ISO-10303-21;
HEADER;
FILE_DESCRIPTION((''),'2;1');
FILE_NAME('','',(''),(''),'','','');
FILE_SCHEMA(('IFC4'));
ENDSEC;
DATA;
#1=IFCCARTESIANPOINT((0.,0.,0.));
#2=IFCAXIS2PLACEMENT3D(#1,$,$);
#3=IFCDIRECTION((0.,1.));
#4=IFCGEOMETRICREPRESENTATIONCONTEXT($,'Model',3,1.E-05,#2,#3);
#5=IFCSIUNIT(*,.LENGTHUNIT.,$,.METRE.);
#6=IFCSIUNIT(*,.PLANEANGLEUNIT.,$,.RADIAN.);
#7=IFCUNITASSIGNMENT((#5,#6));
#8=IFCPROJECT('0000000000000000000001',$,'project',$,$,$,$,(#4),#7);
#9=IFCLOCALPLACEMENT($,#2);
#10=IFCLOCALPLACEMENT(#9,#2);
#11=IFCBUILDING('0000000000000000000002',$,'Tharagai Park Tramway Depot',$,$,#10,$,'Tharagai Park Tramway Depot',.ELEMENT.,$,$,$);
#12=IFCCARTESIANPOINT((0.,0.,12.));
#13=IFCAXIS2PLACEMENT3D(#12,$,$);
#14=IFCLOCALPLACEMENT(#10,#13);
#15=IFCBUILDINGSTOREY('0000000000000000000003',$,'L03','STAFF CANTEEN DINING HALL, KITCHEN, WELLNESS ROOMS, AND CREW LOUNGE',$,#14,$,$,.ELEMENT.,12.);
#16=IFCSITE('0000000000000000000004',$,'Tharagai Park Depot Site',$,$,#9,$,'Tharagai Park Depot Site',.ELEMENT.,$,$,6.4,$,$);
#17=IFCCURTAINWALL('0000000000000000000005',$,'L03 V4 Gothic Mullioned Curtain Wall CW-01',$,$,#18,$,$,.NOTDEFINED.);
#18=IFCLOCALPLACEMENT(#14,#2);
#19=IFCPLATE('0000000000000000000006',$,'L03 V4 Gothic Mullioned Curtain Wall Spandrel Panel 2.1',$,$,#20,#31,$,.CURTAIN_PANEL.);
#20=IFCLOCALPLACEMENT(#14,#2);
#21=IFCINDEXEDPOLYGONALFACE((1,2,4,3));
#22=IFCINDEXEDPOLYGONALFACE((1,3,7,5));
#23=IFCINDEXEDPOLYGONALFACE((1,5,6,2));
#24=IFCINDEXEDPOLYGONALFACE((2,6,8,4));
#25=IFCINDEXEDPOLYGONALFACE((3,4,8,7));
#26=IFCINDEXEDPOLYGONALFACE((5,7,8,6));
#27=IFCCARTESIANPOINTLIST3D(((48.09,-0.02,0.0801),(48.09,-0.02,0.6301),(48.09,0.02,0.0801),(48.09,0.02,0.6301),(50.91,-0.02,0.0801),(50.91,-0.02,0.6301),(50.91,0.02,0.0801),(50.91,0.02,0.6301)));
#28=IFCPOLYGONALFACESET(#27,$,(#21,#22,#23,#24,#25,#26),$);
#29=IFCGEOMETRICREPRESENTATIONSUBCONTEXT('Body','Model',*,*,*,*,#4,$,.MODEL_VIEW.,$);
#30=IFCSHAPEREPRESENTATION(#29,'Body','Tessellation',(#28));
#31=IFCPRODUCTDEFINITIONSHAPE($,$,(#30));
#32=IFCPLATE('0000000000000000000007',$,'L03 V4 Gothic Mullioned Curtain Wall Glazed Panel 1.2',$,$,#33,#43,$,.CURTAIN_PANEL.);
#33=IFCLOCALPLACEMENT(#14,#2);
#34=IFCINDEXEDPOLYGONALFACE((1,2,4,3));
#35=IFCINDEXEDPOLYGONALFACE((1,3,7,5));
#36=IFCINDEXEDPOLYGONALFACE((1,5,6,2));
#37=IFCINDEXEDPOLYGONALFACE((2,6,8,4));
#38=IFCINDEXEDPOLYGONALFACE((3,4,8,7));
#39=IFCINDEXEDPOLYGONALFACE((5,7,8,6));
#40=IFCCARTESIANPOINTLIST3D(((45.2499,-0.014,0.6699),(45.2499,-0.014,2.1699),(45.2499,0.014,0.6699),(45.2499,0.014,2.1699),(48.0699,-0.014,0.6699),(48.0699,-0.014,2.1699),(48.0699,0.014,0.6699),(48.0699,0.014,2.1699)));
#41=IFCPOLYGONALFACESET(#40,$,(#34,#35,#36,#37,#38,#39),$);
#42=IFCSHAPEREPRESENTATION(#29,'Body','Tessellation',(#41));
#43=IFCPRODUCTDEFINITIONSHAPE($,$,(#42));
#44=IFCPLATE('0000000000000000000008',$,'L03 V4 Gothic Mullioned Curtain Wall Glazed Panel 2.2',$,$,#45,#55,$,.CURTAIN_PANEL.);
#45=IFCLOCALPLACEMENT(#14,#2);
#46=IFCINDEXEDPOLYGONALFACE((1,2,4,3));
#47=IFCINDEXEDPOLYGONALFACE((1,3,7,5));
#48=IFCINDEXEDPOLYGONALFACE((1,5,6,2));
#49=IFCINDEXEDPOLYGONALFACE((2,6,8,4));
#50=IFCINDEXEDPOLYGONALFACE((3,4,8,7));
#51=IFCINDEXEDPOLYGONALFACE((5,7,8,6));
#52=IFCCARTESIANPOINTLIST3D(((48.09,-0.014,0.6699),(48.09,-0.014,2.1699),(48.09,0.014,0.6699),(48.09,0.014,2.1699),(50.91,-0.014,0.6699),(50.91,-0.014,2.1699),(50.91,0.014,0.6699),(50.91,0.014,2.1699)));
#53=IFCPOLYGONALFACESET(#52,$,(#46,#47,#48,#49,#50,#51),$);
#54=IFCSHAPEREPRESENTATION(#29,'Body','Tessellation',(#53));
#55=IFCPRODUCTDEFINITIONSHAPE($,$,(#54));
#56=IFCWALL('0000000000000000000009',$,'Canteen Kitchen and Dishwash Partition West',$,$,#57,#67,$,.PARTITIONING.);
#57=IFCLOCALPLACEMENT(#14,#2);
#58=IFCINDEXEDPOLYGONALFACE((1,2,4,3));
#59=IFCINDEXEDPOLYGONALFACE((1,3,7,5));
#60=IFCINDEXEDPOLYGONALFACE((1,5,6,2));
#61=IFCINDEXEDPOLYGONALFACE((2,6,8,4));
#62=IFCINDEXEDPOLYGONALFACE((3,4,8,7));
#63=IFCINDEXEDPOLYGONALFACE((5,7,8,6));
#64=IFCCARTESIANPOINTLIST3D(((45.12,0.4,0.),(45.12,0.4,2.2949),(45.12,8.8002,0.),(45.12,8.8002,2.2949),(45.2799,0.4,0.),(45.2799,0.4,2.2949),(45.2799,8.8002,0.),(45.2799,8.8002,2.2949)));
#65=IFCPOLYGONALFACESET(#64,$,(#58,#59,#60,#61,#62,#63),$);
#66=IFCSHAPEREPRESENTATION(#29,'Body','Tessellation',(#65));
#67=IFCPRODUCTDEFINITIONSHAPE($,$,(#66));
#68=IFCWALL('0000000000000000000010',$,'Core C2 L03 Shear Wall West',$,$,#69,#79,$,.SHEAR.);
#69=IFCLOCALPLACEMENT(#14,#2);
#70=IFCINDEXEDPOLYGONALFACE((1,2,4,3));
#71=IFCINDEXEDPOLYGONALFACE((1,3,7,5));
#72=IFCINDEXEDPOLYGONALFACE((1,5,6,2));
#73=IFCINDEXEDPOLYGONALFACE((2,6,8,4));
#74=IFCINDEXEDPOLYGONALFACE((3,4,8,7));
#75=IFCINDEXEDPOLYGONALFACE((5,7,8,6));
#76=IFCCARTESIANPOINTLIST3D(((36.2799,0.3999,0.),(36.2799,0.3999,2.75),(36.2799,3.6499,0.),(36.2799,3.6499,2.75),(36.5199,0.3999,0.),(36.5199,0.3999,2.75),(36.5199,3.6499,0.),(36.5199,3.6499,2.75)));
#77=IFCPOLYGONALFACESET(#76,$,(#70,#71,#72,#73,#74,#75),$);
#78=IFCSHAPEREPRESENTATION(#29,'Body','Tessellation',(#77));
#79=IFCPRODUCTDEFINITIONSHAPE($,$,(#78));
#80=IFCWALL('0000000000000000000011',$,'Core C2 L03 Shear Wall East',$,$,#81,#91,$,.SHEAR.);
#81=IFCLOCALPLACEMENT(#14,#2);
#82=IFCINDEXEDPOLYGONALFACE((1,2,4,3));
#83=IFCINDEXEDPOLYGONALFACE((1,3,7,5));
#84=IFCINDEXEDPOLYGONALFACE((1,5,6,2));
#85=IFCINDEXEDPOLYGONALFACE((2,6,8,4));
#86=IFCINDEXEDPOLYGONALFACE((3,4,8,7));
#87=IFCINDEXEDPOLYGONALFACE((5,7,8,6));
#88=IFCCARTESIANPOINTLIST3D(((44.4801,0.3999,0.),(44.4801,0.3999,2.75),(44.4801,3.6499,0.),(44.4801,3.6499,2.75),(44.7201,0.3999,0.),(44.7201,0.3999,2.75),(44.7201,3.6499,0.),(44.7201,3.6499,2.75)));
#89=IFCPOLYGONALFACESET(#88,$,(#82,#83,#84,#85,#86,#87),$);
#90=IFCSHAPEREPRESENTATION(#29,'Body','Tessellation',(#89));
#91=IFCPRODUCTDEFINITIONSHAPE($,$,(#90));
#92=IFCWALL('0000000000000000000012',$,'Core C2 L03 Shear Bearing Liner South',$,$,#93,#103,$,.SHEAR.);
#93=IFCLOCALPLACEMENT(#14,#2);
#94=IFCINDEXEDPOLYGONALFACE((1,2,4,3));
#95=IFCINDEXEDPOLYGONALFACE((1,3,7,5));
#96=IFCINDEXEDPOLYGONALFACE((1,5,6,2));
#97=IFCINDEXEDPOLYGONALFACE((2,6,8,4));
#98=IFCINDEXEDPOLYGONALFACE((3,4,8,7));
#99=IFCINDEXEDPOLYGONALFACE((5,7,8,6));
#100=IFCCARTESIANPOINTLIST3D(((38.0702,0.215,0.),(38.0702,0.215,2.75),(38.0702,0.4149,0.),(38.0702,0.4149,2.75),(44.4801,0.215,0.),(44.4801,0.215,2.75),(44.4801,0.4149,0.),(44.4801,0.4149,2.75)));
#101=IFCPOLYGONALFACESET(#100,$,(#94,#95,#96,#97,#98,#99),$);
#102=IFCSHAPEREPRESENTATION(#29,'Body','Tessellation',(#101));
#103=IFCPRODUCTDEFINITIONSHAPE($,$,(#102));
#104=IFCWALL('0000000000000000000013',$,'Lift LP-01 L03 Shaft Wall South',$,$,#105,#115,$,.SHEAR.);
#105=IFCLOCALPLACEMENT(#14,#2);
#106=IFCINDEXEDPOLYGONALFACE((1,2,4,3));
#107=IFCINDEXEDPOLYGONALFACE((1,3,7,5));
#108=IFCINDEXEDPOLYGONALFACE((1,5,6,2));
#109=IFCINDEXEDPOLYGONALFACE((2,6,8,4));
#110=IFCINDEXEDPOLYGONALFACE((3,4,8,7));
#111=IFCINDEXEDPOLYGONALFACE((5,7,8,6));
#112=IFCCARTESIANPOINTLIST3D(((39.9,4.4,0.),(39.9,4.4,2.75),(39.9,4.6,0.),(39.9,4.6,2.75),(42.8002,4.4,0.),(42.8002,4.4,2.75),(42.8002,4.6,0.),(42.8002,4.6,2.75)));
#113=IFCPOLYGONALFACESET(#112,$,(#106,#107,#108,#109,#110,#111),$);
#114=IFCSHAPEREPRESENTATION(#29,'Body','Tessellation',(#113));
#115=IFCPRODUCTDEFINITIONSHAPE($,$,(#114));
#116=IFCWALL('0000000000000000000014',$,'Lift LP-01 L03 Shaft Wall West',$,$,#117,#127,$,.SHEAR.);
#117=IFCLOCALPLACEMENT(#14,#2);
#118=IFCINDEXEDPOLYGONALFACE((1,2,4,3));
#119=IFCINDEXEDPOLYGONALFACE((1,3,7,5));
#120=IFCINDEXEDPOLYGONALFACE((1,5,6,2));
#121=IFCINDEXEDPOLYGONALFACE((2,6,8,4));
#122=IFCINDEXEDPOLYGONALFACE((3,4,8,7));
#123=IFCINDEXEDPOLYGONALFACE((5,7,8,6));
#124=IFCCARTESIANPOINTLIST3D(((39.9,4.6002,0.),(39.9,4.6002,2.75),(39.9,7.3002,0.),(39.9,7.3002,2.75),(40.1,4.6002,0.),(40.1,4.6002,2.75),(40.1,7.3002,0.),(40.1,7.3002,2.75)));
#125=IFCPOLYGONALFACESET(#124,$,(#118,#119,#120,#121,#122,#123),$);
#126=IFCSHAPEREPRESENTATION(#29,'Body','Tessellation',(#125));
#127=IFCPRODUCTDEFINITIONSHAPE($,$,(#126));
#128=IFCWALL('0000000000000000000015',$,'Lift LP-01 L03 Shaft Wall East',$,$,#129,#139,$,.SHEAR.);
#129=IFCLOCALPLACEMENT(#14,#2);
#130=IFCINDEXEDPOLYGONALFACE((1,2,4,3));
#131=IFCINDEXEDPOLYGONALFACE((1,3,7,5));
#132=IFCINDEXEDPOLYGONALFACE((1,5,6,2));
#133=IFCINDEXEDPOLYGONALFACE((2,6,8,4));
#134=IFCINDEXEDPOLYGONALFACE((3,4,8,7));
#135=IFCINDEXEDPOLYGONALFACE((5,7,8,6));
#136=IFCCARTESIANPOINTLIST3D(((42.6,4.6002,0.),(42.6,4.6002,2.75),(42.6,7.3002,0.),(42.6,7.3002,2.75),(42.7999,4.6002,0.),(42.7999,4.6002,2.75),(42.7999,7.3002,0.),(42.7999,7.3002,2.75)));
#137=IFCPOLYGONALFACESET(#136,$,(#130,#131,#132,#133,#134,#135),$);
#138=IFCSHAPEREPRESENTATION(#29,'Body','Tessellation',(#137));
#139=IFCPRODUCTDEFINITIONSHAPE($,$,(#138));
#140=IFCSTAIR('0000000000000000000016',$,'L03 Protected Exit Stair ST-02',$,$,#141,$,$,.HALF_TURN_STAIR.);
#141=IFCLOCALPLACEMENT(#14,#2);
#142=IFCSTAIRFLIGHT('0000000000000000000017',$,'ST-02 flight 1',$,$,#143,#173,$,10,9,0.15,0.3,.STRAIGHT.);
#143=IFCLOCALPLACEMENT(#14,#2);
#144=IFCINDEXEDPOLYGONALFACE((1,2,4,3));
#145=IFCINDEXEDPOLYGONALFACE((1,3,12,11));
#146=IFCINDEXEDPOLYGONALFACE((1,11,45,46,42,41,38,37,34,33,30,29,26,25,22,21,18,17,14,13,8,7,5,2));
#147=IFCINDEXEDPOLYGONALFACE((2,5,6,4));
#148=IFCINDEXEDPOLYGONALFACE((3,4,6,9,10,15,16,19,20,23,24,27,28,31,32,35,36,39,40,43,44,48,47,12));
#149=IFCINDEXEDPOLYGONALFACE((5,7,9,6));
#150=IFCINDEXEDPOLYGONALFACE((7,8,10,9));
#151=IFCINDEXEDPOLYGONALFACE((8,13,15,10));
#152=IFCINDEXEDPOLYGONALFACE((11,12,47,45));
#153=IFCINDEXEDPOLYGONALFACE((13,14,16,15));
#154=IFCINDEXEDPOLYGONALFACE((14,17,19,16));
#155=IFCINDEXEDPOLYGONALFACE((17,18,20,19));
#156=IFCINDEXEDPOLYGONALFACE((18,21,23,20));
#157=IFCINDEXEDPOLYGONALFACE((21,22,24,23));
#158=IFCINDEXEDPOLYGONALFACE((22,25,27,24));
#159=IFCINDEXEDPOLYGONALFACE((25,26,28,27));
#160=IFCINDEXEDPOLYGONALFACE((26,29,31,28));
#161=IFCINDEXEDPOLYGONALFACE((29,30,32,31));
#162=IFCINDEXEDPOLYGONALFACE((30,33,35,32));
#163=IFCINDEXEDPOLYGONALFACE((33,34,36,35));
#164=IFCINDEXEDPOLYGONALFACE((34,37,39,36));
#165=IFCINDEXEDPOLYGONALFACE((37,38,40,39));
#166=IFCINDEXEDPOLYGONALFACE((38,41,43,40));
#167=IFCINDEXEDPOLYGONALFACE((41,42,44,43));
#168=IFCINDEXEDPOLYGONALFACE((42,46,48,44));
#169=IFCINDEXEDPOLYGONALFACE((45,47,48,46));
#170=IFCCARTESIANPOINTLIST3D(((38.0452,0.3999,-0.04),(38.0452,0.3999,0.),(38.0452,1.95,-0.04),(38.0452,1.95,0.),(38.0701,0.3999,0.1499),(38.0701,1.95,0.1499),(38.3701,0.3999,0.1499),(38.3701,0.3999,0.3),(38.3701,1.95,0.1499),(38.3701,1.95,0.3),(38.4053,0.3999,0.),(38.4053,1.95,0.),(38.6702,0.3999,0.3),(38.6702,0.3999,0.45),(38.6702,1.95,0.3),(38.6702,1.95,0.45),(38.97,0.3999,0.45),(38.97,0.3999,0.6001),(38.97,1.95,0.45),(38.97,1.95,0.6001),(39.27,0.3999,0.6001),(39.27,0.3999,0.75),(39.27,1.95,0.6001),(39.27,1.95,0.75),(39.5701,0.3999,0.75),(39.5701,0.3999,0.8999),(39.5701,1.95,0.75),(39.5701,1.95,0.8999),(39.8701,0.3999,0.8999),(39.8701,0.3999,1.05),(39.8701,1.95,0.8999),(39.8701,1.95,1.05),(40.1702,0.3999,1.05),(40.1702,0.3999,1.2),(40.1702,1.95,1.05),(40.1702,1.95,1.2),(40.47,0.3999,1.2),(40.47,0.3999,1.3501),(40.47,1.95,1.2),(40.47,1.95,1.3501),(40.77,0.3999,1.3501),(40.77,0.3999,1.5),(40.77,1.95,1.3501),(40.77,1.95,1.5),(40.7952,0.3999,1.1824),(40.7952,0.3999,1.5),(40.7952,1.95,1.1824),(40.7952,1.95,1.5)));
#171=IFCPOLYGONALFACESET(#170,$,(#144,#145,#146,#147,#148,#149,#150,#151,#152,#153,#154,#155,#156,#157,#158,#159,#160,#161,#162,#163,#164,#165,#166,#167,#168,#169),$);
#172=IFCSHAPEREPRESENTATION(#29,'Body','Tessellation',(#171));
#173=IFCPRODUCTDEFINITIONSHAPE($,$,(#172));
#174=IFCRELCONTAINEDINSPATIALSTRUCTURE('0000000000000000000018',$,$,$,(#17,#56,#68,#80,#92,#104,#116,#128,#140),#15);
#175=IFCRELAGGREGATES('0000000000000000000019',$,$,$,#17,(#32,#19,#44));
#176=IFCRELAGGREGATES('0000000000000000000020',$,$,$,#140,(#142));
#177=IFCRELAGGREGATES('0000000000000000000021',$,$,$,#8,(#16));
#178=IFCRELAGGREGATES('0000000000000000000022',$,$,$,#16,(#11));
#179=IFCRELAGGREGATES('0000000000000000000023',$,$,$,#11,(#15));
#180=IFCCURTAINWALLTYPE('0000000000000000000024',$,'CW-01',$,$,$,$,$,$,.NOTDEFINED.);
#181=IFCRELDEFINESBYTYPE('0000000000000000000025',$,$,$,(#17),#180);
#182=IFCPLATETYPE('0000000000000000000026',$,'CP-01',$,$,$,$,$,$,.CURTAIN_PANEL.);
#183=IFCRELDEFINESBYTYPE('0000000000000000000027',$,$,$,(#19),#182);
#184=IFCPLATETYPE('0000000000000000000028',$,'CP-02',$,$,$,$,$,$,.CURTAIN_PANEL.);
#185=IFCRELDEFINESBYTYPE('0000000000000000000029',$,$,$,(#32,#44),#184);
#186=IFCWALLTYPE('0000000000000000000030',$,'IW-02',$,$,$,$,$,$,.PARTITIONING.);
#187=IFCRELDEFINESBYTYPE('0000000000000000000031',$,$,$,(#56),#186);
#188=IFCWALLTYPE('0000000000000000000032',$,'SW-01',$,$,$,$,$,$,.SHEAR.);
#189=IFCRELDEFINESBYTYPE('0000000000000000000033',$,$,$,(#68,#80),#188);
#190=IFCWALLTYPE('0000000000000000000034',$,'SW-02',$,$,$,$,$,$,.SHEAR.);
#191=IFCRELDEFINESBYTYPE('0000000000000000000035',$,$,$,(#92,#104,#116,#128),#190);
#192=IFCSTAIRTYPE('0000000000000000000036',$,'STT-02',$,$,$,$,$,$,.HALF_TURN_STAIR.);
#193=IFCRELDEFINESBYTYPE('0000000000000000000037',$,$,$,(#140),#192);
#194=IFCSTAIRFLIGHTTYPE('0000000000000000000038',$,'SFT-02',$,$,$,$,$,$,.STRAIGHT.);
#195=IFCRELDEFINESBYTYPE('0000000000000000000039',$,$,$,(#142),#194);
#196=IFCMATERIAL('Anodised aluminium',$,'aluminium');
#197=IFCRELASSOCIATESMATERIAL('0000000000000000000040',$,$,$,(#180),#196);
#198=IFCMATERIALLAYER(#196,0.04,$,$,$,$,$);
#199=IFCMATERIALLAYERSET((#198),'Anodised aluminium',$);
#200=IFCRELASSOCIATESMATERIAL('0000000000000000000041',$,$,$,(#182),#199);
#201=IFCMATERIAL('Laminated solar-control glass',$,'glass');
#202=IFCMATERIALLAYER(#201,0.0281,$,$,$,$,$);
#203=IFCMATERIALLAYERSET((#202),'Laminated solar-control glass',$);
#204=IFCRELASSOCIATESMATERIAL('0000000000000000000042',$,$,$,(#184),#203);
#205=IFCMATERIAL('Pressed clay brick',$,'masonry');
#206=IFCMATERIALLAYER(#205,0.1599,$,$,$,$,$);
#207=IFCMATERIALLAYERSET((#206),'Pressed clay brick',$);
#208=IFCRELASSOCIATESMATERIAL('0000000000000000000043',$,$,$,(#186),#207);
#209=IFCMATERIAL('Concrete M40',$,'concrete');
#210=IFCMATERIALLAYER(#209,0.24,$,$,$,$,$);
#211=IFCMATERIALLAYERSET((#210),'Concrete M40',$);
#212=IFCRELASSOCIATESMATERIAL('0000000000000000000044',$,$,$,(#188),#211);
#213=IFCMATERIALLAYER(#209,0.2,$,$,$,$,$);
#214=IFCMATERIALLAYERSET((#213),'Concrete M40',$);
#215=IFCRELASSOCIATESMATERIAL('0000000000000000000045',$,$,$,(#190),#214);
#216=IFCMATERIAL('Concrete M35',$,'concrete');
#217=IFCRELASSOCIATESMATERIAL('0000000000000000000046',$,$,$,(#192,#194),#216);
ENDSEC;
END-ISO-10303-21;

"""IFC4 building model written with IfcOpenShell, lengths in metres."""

from ifc_helpers import new_model, si_unit, direction, frame, frame_2d, origin, origin_2d, place, context, subcontext, project, spatial, polyline, rectangle, outline, extrude, material, layer, layer_set, type_object, element, aggregate, save


model = new_model("IFC4")

# Units and contexts
model_context = context("Model", 3, precision=1e-05, world=origin(), true_north=direction((0.0, 1.0)))
body_context = subcontext(model_context, "Body", "Model", "MODEL_VIEW")
ifc_project = project(units=[si_unit("LENGTHUNIT", "METRE"), si_unit("PLANEANGLEUNIT", "RADIAN")], contexts=[model_context])

# Site, building, storey
site_placement = place(None, origin())
site = spatial("IfcSite", under=ifc_project, at=site_placement, Name="Tharagai Park Depot Site", LongName="Tharagai Park Depot Site", CompositionType="ELEMENT", RefElevation=6.4)
building_placement = place(site_placement, origin())
building = spatial("IfcBuilding", under=site, at=building_placement, Name="Tharagai Park Tramway Depot", LongName="Tharagai Park Tramway Depot", CompositionType="ELEMENT")
storey_placement = place(building_placement, frame((0.0, 0.0, 12.0)))
storey = spatial("IfcBuildingStorey", under=building, at=storey_placement, Name="L03", Description="STAFF CANTEEN DINING HALL, KITCHEN, WELLNESS ROOMS, AND CREW LOUNGE", CompositionType="ELEMENT", Elevation=12.0)

# Shared definitions
ifc_material_1 = material(Name="Concrete M40", Category="concrete")

# Shared definitions
ifc_material_2 = material(Name="Concrete M35", Category="concrete")

# Curtain wall
ifc_material_3 = material(Name="Anodised aluminium", Category="aluminium")
curtain_wall_type = type_object("IfcCurtainWallType", Name="CW-01", PredefinedType="NOTDEFINED", material=ifc_material_3)
curtain_wall_placement = place(storey_placement, origin())
curtain_wall = element("IfcCurtainWall", 1, at=curtain_wall_placement, inside=storey, type_object=curtain_wall_type, Name="L03 V4 Gothic Mullioned Curtain Wall CW-01", PredefinedType="NOTDEFINED")

# Plates
ifc_layer_1 = layer(ifc_material_3, 0.04)
ifc_layer_set_1 = layer_set([ifc_layer_1], Name="Anodised aluminium")
plate_type_1 = type_object("IfcPlateType", Name="CP-01", PredefinedType="CURTAIN_PANEL", material=ifc_layer_set_1)
plate_1_placement = place(storey_placement, frame((49.5, 0.0, 0.0801), z_axis=(0.0, 0.0, 1.0), x_axis=(1.0, 0.0, 0.0)))
plate_1 = element("IfcPlate", 2, at=plate_1_placement, type_object=plate_type_1, Name="L03 V4 Gothic Mullioned Curtain Wall Spandrel Panel 2.1", PredefinedType="CURTAIN_PANEL", context=body_context, shape_type="SweptSolid", body=[
    extrude(rectangle(XDim=2.8201, YDim=0.04, at=origin_2d()), origin(), (0.0, 0.0, 1.0), 0.55),
])
ifc_material_4 = material(Name="Laminated solar-control glass", Category="glass")
ifc_layer_2 = layer(ifc_material_4, 0.0281)
ifc_layer_set_2 = layer_set([ifc_layer_2], Name="Laminated solar-control glass")
plate_type_2 = type_object("IfcPlateType", Name="CP-02", PredefinedType="CURTAIN_PANEL", material=ifc_layer_set_2)
plate_2_placement = place(storey_placement, frame((46.6599, 0.0, 0.6699), z_axis=(0.0, 0.0, 1.0), x_axis=(1.0, 0.0, 0.0)))
plate_2 = element("IfcPlate", 3, at=plate_2_placement, type_object=plate_type_2, Name="L03 V4 Gothic Mullioned Curtain Wall Glazed Panel 1.2", PredefinedType="CURTAIN_PANEL", context=body_context, shape_type="SweptSolid", body=[
    extrude(rectangle(XDim=2.8201, YDim=0.0281, at=origin_2d()), origin(), (0.0, 0.0, 1.0), 1.5),
])
plate_3_placement = place(storey_placement, frame((49.5, 0.0, 0.6699), z_axis=(0.0, 0.0, 1.0), x_axis=(1.0, 0.0, 0.0)))
plate_3 = element("IfcPlate", 4, at=plate_3_placement, type_object=plate_type_2, Name="L03 V4 Gothic Mullioned Curtain Wall Glazed Panel 2.2", PredefinedType="CURTAIN_PANEL", context=body_context, shape_type="SweptSolid", body=[
    extrude(rectangle(XDim=2.8201, YDim=0.0281, at=origin_2d()), origin(), (0.0, 0.0, 1.0), 1.5),
])
aggregate(curtain_wall, [plate_2, plate_1, plate_3])

# Walls
ifc_material_5 = material(Name="Pressed clay brick", Category="masonry")
ifc_layer_3 = layer(ifc_material_5, 0.1599)
ifc_layer_set_3 = layer_set([ifc_layer_3], Name="Pressed clay brick")
wall_type_1 = type_object("IfcWallType", Name="IW-02", PredefinedType="PARTITIONING", material=ifc_layer_set_3)
wall_1_placement = place(storey_placement, frame((45.2, 0.3999, 0.0), z_axis=(0.0, 0.0, 1.0), x_axis=(0.0, 1.0, 0.0)))
element("IfcWall", 5, at=wall_1_placement, inside=storey, type_object=wall_type_1, Name="Canteen Kitchen and Dishwash Partition West", PredefinedType="PARTITIONING", context=body_context, shape_type="SweptSolid", body=[
    extrude(rectangle(XDim=8.4001, YDim=0.1599, at=frame_2d((4.2002, 0.0))), origin(), (0.0, 0.0, 1.0), 2.2949),
])
ifc_layer_4 = layer(ifc_material_1, 0.24)
ifc_layer_set_4 = layer_set([ifc_layer_4], Name="Concrete M40")
wall_type_2 = type_object("IfcWallType", Name="SW-01", PredefinedType="SHEAR", material=ifc_layer_set_4)
for number, where, z_axis, x_axis, name in (
    (6, (36.3999, 0.3999, 0.0), (0.0, 0.0, 1.0), (0.0, 1.0, 0.0), "Core C2 L03 Shear Wall West"),
    (7, (44.6001, 0.3999, 0.0), (0.0, 0.0, 1.0), (0.0, 1.0, 0.0), "Core C2 L03 Shear Wall East"),
):
    element("IfcWall", number, at=place(storey_placement, frame(where, z_axis=z_axis, x_axis=x_axis)), inside=storey, type_object=wall_type_2, Name=name, PredefinedType="SHEAR", context=body_context, shape_type="SweptSolid", body=[
        extrude(rectangle(XDim=3.25, YDim=0.24, at=frame_2d((1.625, 0.0))), origin(), (0.0, 0.0, 1.0), 2.75),
    ])
ifc_layer_5 = layer(ifc_material_1, 0.2)
ifc_layer_set_5 = layer_set([ifc_layer_5], Name="Concrete M40")
wall_type_3 = type_object("IfcWallType", Name="SW-02", PredefinedType="SHEAR", material=ifc_layer_set_5)
wall_2_placement = place(storey_placement, frame((38.0701, 0.3149, 0.0), z_axis=(0.0, 0.0, 1.0), x_axis=(1.0, 0.0, 0.0)))
element("IfcWall", 8, at=wall_2_placement, inside=storey, type_object=wall_type_3, Name="Core C2 L03 Shear Bearing Liner South", PredefinedType="SHEAR", context=body_context, shape_type="SweptSolid", body=[
    extrude(rectangle(XDim=6.4099, YDim=0.2, at=frame_2d((3.2051, 0.0))), origin(), (0.0, 0.0, 1.0), 2.75),
])
wall_3_placement = place(storey_placement, frame((39.8999, 4.5, 0.0), z_axis=(0.0, 0.0, 1.0), x_axis=(1.0, 0.0, 0.0)))
element("IfcWall", 9, at=wall_3_placement, inside=storey, type_object=wall_type_3, Name="Lift LP-01 L03 Shaft Wall South", PredefinedType="SHEAR", context=body_context, shape_type="SweptSolid", body=[
    extrude(rectangle(XDim=2.9001, YDim=0.2, at=frame_2d((1.4502, 0.0))), origin(), (0.0, 0.0, 1.0), 2.75),
])
for number, where, z_axis, x_axis, name in (
    (10, (40.0, 4.6001, 0.0), (0.0, 0.0, 1.0), (0.0, 1.0, 0.0), "Lift LP-01 L03 Shaft Wall West"),
    (11, (42.7, 4.6001, 0.0), (0.0, 0.0, 1.0), (0.0, 1.0, 0.0), "Lift LP-01 L03 Shaft Wall East"),
):
    element("IfcWall", number, at=place(storey_placement, frame(where, z_axis=z_axis, x_axis=x_axis)), inside=storey, type_object=wall_type_3, Name=name, PredefinedType="SHEAR", context=body_context, shape_type="SweptSolid", body=[
        extrude(rectangle(XDim=2.7, YDim=0.2, at=frame_2d((1.3501, 0.0))), origin(), (0.0, 0.0, 1.0), 2.75),
    ])

# Stair, stair flight
stair_type = type_object("IfcStairType", Name="STT-02", PredefinedType="HALF_TURN_STAIR", material=ifc_material_2)
stair_placement = place(storey_placement, origin())
stair = element("IfcStair", 12, at=stair_placement, inside=storey, type_object=stair_type, Name="L03 Protected Exit Stair ST-02", PredefinedType="HALF_TURN_STAIR")
stair_flight_type = type_object("IfcStairFlightType", Name="SFT-02", PredefinedType="STRAIGHT", material=ifc_material_2)
stair_flight_1_placement = place(storey_placement, frame((38.0701, 1.175, 0.0), z_axis=(0.0, 0.0, 1.0), x_axis=(1.0, 0.0, 0.0)))
stair_flight_1 = element("IfcStairFlight", 13, at=stair_flight_1_placement, type_object=stair_flight_type, Name="ST-02 flight 1", NumberOfRisers=10, NumberOfTreads=9, PredefinedType="STRAIGHT", RiserHeight=0.15, TreadLength=0.3, context=body_context, shape_type="SweptSolid", body=[
    extrude(outline(polyline([(-0.0249, 0.0), (0.0, 0.1499), (0.3, 0.1499), (0.3, 0.3), (0.6001, 0.3), (0.6001, 0.45), (0.8999, 0.45), (0.8999, 0.6001), (1.2, 0.6001), (1.2, 0.75), (1.5, 0.75), (1.5, 0.8999), (1.8, 0.8999), (1.8, 1.05), (2.1001, 1.05), (2.1001, 1.2), (2.3999, 1.2), (2.3999, 1.3501), (2.7, 1.3501), (2.7, 1.5), (2.7251, 1.5), (2.7251, 1.1824), (0.3352, 0.0), (-0.0249, -0.04), (-0.0249, 0.0)])), frame((0.0, 0.7749, 0.0), z_axis=(0.0, -1.0, 0.0), x_axis=(1.0, 0.0, 0.0)), (0.0, 0.0, 1.0), 1.55),
])
aggregate(stair, [stair_flight_1])

save(model, "model.ifc")
